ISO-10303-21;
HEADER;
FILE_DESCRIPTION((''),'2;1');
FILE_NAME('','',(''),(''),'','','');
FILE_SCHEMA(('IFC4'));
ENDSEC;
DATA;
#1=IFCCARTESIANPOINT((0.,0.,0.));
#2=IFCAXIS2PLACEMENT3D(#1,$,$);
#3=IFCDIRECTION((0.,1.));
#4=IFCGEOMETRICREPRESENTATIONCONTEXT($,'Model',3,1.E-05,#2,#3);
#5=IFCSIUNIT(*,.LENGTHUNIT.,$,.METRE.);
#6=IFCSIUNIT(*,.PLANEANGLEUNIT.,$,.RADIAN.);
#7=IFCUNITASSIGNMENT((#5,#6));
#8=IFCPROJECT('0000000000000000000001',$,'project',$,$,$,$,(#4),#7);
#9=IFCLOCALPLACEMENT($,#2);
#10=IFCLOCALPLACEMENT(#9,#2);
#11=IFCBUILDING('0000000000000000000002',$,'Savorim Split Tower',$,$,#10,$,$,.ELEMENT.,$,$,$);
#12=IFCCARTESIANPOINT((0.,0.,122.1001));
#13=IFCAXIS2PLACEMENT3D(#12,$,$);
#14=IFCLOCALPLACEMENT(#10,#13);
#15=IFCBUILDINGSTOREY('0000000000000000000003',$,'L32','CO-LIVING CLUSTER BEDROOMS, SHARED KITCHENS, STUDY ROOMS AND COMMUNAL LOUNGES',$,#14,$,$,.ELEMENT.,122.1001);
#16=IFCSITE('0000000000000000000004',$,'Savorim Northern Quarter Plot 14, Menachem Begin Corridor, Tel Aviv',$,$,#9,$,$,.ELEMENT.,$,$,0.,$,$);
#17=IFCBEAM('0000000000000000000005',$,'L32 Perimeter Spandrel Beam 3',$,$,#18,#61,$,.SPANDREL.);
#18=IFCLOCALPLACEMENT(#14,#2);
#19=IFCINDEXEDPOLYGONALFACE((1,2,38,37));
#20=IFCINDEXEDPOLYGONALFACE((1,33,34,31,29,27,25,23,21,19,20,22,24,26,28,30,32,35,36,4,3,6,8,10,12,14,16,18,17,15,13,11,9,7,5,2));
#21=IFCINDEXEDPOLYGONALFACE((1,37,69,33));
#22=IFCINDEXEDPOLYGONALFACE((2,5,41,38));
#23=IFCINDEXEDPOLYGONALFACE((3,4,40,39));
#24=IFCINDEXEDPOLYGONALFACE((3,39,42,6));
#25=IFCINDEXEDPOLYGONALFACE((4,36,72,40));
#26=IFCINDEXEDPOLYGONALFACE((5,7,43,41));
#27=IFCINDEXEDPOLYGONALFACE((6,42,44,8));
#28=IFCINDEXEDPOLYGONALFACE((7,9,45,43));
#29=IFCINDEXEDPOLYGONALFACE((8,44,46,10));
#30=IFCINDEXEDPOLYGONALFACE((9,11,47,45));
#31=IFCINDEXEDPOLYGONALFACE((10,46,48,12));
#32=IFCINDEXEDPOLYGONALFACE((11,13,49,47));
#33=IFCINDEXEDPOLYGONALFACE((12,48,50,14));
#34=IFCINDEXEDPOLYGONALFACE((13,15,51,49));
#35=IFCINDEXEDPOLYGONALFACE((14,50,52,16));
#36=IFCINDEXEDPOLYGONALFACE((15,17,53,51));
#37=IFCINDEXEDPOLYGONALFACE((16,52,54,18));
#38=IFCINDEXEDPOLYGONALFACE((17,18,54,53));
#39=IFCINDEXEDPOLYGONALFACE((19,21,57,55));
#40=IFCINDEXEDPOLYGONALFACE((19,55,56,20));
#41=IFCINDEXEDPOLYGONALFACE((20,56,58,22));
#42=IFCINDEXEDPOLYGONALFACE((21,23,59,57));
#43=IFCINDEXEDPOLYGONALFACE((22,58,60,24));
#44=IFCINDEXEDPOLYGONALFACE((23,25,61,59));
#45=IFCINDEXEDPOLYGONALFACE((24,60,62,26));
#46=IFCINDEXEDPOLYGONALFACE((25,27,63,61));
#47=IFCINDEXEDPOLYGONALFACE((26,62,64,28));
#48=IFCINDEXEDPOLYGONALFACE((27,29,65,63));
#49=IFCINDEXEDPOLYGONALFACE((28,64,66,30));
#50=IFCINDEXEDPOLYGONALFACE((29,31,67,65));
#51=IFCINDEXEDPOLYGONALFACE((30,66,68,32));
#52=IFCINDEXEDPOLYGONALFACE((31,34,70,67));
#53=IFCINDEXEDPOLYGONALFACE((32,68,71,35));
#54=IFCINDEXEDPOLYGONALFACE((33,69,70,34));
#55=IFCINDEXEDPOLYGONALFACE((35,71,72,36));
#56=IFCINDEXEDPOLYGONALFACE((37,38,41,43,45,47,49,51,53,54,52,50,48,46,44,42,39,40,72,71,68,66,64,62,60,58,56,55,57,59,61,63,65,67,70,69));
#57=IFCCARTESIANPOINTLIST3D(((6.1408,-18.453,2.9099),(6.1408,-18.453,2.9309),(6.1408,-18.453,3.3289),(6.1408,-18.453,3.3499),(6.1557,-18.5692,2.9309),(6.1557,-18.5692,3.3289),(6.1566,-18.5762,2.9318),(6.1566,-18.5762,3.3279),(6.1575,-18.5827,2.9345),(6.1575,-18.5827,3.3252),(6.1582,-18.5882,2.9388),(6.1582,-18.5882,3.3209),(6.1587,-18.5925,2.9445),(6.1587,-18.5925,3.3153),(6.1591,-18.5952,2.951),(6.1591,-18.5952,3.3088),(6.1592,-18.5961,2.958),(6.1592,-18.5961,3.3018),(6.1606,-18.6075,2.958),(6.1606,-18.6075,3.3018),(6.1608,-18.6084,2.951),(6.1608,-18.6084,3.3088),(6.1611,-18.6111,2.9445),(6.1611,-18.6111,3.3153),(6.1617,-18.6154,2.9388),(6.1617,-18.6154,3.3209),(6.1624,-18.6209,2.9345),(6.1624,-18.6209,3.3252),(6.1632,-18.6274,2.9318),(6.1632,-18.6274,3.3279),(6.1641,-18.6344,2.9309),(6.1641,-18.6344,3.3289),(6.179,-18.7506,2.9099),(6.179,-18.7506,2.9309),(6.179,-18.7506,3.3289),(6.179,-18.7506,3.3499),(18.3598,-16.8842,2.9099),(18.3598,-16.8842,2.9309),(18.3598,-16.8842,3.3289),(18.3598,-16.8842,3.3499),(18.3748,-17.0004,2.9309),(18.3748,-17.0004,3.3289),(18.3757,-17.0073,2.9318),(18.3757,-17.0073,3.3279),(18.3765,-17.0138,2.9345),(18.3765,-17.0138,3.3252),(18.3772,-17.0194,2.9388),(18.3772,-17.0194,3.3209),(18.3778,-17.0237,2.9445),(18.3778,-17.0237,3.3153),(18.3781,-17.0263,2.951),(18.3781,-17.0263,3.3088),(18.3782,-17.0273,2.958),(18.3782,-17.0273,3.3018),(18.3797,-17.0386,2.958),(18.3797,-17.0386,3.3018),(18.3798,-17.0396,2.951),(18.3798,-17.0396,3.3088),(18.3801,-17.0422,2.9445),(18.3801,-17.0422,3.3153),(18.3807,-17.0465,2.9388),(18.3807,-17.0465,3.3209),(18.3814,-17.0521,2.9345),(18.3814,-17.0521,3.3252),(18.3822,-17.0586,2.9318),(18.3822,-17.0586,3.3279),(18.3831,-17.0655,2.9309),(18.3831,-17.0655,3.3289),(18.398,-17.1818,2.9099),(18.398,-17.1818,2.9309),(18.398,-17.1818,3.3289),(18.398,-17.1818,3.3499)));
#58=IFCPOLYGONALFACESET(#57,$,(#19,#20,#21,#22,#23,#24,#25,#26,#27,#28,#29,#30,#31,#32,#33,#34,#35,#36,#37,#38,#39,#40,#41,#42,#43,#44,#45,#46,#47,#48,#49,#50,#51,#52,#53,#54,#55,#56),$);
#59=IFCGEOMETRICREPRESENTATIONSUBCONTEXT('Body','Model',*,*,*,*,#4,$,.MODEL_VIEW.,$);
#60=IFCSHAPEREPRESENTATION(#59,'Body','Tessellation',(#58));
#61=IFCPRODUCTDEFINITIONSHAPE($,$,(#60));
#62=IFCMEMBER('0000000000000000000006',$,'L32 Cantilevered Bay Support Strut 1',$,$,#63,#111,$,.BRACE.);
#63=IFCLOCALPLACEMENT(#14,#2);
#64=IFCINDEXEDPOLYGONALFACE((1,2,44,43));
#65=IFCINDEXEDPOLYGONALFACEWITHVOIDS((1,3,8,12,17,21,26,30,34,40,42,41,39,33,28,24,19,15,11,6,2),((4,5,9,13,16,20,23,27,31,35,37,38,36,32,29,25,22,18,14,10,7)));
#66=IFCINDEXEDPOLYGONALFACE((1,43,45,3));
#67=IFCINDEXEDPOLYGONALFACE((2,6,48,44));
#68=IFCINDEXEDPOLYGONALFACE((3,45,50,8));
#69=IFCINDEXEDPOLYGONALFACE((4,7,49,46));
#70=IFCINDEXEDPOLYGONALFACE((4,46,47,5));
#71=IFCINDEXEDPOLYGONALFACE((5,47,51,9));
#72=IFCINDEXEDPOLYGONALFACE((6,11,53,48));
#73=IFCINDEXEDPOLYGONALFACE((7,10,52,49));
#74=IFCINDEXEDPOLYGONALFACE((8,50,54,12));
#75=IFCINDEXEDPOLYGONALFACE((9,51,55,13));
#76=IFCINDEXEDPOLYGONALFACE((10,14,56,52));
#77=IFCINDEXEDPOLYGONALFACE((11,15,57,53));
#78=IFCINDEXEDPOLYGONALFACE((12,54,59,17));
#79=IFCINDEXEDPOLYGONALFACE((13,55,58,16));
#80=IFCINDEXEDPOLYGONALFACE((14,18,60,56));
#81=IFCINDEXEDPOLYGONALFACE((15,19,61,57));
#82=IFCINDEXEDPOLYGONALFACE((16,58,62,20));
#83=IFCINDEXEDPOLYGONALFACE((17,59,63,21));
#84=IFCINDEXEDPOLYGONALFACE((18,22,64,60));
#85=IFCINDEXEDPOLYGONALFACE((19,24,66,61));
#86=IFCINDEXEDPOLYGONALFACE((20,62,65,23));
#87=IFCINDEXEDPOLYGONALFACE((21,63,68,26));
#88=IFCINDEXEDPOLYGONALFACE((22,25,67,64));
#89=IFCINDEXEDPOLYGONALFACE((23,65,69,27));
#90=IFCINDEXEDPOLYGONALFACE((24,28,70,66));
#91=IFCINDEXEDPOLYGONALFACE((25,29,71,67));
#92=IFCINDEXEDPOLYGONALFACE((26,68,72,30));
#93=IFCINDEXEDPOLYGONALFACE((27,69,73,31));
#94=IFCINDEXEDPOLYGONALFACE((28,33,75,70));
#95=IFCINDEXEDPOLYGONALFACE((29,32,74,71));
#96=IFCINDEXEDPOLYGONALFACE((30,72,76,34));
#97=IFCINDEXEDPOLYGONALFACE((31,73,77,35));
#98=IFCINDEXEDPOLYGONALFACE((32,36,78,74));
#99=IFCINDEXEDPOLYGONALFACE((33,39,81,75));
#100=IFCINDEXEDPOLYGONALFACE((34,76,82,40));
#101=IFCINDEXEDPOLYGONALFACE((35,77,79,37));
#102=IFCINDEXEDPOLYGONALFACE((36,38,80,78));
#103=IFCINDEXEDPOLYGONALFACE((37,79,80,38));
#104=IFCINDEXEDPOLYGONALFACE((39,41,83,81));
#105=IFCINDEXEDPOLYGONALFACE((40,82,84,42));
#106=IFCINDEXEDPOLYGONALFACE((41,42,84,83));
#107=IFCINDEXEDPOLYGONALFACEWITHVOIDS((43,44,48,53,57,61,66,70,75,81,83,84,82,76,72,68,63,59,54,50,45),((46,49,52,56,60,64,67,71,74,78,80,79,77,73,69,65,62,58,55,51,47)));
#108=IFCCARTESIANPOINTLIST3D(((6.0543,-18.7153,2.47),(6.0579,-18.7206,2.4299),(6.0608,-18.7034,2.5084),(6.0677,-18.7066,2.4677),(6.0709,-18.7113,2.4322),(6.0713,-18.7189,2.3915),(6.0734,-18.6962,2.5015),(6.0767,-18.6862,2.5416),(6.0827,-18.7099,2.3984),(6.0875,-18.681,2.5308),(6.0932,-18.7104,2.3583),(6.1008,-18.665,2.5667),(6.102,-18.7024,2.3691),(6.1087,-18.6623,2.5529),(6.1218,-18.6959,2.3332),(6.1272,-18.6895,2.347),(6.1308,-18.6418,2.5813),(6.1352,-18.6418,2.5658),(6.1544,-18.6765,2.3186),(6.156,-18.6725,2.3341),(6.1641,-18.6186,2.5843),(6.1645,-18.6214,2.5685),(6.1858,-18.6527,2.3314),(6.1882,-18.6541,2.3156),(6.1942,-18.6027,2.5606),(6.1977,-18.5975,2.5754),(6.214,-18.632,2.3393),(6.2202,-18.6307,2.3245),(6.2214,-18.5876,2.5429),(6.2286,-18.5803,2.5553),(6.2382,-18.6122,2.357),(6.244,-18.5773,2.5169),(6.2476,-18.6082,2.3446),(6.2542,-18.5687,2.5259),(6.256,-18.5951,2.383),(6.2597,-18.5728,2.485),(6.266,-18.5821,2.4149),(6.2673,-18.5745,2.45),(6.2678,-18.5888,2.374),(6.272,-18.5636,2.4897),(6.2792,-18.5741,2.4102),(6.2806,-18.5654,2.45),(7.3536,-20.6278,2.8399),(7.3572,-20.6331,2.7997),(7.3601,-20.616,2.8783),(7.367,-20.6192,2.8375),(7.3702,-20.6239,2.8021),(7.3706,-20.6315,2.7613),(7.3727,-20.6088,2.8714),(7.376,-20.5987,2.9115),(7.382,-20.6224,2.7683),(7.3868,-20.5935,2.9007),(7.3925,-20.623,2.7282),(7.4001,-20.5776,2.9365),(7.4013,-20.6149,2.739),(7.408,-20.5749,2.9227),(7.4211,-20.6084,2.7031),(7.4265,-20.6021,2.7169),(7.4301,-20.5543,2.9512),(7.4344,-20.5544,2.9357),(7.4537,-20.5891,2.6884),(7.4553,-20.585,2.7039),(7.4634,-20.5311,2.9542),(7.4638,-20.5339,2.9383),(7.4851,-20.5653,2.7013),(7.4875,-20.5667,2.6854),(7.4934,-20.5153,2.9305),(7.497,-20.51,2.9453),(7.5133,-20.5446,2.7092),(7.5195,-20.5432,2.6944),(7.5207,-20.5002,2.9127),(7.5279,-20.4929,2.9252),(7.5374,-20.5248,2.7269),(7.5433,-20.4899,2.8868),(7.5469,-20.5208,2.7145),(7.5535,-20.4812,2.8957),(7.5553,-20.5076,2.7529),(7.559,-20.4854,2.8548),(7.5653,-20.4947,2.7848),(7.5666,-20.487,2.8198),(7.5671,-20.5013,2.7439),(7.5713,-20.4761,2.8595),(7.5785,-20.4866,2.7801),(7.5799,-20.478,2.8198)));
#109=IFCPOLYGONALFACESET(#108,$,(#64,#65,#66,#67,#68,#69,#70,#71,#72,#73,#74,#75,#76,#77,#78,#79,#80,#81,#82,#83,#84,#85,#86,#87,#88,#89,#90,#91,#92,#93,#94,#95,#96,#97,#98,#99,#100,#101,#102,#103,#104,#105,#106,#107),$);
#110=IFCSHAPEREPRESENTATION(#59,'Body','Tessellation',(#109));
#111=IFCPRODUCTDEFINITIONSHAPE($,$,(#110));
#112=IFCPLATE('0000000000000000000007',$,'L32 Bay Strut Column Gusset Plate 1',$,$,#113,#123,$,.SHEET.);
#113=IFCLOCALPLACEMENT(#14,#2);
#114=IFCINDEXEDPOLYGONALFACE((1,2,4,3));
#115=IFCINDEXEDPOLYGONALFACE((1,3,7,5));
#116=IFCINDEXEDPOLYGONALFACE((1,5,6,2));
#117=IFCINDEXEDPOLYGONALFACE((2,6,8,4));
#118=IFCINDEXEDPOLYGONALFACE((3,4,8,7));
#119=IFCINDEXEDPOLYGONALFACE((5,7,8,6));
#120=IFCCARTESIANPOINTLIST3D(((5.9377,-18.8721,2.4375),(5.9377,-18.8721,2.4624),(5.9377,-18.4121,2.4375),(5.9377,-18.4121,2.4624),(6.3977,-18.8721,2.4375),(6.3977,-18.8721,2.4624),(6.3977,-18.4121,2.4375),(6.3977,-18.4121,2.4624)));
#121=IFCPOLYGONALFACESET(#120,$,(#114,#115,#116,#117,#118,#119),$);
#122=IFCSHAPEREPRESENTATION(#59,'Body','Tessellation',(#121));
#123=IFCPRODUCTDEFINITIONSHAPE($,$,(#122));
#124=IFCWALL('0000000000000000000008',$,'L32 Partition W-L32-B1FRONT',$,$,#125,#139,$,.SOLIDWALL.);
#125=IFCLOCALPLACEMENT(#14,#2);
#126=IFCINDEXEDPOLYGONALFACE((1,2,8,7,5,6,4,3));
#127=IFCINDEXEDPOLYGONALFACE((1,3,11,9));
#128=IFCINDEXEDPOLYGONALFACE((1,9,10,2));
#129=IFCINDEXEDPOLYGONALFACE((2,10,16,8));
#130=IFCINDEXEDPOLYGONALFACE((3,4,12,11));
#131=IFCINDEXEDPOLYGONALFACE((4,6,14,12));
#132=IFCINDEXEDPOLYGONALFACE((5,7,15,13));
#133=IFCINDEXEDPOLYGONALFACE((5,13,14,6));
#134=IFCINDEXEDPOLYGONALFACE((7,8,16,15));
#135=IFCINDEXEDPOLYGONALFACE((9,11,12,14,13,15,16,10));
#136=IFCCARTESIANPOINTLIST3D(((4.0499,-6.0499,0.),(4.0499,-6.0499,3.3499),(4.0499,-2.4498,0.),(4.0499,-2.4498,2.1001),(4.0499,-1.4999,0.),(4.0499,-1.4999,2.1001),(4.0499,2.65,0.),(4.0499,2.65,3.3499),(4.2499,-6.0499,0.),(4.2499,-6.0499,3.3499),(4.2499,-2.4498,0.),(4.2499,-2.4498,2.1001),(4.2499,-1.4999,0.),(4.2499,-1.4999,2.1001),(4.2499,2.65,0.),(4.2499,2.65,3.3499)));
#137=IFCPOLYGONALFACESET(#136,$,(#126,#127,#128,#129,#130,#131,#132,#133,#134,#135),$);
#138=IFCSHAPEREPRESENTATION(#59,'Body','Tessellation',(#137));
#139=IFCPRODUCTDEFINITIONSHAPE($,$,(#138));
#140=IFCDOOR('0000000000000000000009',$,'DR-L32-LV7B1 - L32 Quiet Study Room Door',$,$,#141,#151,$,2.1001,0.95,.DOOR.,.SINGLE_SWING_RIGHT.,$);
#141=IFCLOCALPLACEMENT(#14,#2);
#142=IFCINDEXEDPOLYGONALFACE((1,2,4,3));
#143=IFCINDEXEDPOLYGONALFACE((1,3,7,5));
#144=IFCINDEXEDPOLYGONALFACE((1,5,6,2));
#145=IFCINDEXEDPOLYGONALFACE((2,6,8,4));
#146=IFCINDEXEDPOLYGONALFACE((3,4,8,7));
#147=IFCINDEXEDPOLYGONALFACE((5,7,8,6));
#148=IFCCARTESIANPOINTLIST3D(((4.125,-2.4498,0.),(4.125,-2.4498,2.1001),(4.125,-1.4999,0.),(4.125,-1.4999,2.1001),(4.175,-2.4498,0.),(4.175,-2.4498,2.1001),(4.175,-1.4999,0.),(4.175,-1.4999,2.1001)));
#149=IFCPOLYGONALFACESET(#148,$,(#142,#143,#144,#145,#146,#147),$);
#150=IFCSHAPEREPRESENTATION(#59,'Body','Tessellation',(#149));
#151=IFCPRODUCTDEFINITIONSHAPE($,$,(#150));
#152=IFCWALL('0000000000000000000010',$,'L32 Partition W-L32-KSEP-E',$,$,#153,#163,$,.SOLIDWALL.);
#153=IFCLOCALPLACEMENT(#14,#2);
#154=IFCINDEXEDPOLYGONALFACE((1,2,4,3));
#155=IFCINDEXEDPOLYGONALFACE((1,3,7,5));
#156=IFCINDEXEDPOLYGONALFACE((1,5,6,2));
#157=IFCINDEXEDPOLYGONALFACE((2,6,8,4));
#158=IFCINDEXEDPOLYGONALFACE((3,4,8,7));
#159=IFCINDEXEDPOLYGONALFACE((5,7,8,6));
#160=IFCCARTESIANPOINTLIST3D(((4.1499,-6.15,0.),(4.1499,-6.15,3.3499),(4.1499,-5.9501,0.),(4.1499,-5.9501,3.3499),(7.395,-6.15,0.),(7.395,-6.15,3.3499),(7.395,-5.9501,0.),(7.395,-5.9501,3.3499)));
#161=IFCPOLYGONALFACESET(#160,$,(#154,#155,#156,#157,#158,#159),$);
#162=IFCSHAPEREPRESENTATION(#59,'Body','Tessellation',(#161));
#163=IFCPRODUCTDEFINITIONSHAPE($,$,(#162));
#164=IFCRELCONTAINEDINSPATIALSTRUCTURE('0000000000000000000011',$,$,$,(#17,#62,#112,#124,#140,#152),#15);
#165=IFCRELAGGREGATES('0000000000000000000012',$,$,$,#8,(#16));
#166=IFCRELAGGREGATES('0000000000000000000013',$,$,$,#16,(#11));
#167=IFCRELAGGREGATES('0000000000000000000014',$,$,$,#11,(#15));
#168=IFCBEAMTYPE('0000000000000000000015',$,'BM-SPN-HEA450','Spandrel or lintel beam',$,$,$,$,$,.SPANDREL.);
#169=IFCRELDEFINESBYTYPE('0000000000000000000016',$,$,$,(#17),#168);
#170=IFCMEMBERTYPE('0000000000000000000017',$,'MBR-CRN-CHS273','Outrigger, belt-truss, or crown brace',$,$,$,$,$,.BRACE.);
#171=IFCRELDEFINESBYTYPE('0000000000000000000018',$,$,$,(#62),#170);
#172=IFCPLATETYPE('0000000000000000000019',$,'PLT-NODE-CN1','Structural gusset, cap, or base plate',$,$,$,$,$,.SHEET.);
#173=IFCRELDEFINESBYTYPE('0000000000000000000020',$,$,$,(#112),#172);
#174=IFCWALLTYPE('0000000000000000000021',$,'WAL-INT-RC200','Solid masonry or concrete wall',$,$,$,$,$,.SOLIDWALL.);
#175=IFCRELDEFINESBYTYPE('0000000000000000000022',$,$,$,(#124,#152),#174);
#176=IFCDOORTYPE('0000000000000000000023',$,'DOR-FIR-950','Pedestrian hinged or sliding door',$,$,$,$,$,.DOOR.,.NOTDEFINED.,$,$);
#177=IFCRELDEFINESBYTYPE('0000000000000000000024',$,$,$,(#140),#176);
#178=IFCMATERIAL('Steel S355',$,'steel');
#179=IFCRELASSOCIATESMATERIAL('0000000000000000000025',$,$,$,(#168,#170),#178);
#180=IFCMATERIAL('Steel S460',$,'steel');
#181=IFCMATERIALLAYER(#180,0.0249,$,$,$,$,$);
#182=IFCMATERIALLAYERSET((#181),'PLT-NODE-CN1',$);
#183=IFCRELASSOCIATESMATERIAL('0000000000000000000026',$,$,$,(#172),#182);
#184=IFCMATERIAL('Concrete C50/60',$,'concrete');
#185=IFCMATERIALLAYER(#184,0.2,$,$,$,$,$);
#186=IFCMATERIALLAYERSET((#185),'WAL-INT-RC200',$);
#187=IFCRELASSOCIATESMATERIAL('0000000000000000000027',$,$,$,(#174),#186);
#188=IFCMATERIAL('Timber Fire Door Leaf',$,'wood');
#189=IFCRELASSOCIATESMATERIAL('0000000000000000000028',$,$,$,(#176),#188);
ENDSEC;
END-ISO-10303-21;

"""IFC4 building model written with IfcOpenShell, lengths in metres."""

from ifc_helpers import new_model, si_unit, direction, frame, frame_2d, origin, origin_2d, place, context, subcontext, project, spatial, rectangle, hollow_circle, i_section, extrude, material, layer, layer_set, material_profile, profile_set, type_object, element, fill, save


model = new_model("IFC4")

# Units and contexts
model_context = context("Model", 3, precision=1e-05, world=origin(), true_north=direction((0.0, 1.0)))
body_context = subcontext(model_context, "Body", "Model", "MODEL_VIEW")
ifc_project = project(units=[si_unit("LENGTHUNIT", "METRE"), si_unit("PLANEANGLEUNIT", "RADIAN")], contexts=[model_context])

# Site, building, storey
site_placement = place(None, origin())
site = spatial("IfcSite", under=ifc_project, at=site_placement, Name="Savorim Northern Quarter Plot 14, Menachem Begin Corridor, Tel Aviv", CompositionType="ELEMENT", RefElevation=0.0)
building_placement = place(site_placement, origin())
building = spatial("IfcBuilding", under=site, at=building_placement, Name="Savorim Split Tower", CompositionType="ELEMENT")
storey_placement = place(building_placement, frame((0.0, 0.0, 122.1001)))
storey = spatial("IfcBuildingStorey", under=building, at=storey_placement, Name="L32", Description="CO-LIVING CLUSTER BEDROOMS, SHARED KITCHENS, STUDY ROOMS AND COMMUNAL LOUNGES", CompositionType="ELEMENT", Elevation=122.1001)

# Shared definitions
ifc_material_1 = material(Name="Steel S460", Category="steel")

# Beam
ifc_material_2 = material(Name="Steel S355", Category="steel")
ifc_material_profile_1 = material_profile(ifc_material_2, i_section(OverallWidth=0.3, OverallDepth=0.4399, WebThickness=0.0115, FlangeThickness=0.021, FilletRadius=0.0271, at=origin_2d()), Name="HEA 450")
ifc_profile_set_1 = profile_set([ifc_material_profile_1], Name="Steel S355")
beam_type_1 = type_object("IfcBeamType", Name="BM-SPN-HEA450", Description="Spandrel or lintel beam", PredefinedType="SPANDREL", material=ifc_profile_set_1)
beam_1_placement = place(storey_placement, frame((6.1599, -18.6018, 3.1299), z_axis=(0.991858, 0.127349, 0.0), x_axis=(-0.127349, 0.991858, 0.0)))
element("IfcBeam", 1, at=beam_1_placement, inside=storey, type_object=beam_type_1, Name="L32 Perimeter Spandrel Beam 3", PredefinedType="SPANDREL", context=body_context, shape_type="SweptSolid", body=[
    extrude(i_section(OverallWidth=0.3, OverallDepth=0.4399, WebThickness=0.0115, FlangeThickness=0.021, FilletRadius=0.0271, at=origin_2d()), origin(), (0.0, 0.0, 1.0), 12.3193),
])

# Member
ifc_material_profile_2 = material_profile(ifc_material_2, hollow_circle(Radius=0.1365, WallThickness=0.0161, at=origin_2d()), Name="CHS 273x16")
ifc_profile_set_2 = profile_set([ifc_material_profile_2], Name="Steel S355")
member_type = type_object("IfcMemberType", Name="MBR-CRN-CHS273", Description="Outrigger, belt-truss, or crown brace", PredefinedType="BRACE", material=ifc_profile_set_2)
member_placement = place(storey_placement, frame((6.1677, -18.6421, 2.45), z_axis=(0.554886, -0.816793, 0.157958), x_axis=(0.827178, 0.56194, 0.0)))
element("IfcMember", 2, at=member_placement, inside=storey, type_object=member_type, Name="L32 Cantilevered Bay Support Strut 1", PredefinedType="BRACE", context=body_context, shape_type="SweptSolid", body=[
    extrude(hollow_circle(Radius=0.1365, WallThickness=0.0161, at=origin_2d()), origin(), (0.0, 0.0, 1.0), 2.3416),
])

# Plate
ifc_layer_1 = layer(ifc_material_1, 0.0249)
ifc_layer_set_1 = layer_set([ifc_layer_1], Name="PLT-NODE-CN1")
plate_type = type_object("IfcPlateType", Name="PLT-NODE-CN1", Description="Structural gusset, cap, or base plate", PredefinedType="SHEET", material=ifc_layer_set_1)
plate_placement = place(storey_placement, frame((6.1677, -18.6421, 2.4375), z_axis=(0.0, 0.0, 1.0), x_axis=(1.0, 0.0, 0.0)))
element("IfcPlate", 3, at=plate_placement, inside=storey, type_object=plate_type, Name="L32 Bay Strut Column Gusset Plate 1", PredefinedType="SHEET", context=body_context, shape_type="SweptSolid", body=[
    extrude(rectangle(XDim=0.46, YDim=0.46, at=origin_2d()), origin(), (0.0, 0.0, 1.0), 0.0249),
])

# Wall, opening, door
ifc_material_3 = material(Name="Concrete C50/60", Category="concrete")
ifc_layer_2 = layer(ifc_material_3, 0.2)
ifc_layer_set_2 = layer_set([ifc_layer_2], Name="WAL-INT-RC200")
wall_type_1 = type_object("IfcWallType", Name="WAL-INT-RC200", Description="Solid masonry or concrete wall", PredefinedType="SOLIDWALL", material=ifc_layer_set_2)
wall_1_placement = place(storey_placement, frame((4.1499, -6.05, 0.0), z_axis=(0.0, 0.0, 1.0), x_axis=(0.0, 1.0, 0.0)))
wall_1 = element("IfcWall", 4, at=wall_1_placement, inside=storey, type_object=wall_type_1, Name="L32 Partition W-L32-B1FRONT", PredefinedType="SOLIDWALL", context=body_context, shape_type="SweptSolid", body=[
    extrude(rectangle(XDim=8.7, YDim=0.2, at=frame_2d((4.3501, 0.0))), origin(), (0.0, 0.0, 1.0), 3.3499),
])
opening_1_placement = place(wall_1_placement, frame((3.6001, 0.0, 0.0)))
opening_1 = element("IfcOpeningElement", 5, at=opening_1_placement, cuts=wall_1, PredefinedType="OPENING", context=body_context, shape_type="SweptSolid", body=[
    extrude(rectangle(XDim=0.95, YDim=2.1001, at=frame_2d((0.4751, 1.05))), frame((0.0, 0.1099, 0.0), z_axis=(0.0, -1.0, 0.0), x_axis=(1.0, 0.0, 0.0)), (0.0, 0.0, 1.0), 0.22),
])
ifc_material_4 = material(Name="Timber Fire Door Leaf", Category="wood")
door_type_1 = type_object("IfcDoorType", Name="DOR-FIR-950", Description="Pedestrian hinged or sliding door", OperationType="NOTDEFINED", PredefinedType="DOOR", material=ifc_material_4)
door_1_placement = place(opening_1_placement, origin())
door_1 = element("IfcDoor", 6, at=door_1_placement, inside=storey, type_object=door_type_1, Name="DR-L32-LV7B1 - L32 Quiet Study Room Door", OperationType="SINGLE_SWING_RIGHT", OverallHeight=2.1001, OverallWidth=0.95, PredefinedType="DOOR", context=body_context, shape_type="SweptSolid", body=[
    extrude(rectangle(XDim=0.95, YDim=2.1001, at=frame_2d((0.4751, 1.05))), frame((0.0, 0.0249, 0.0), z_axis=(0.0, -1.0, 0.0), x_axis=(1.0, 0.0, 0.0)), (0.0, 0.0, 1.0), 0.05),
])
fill(opening_1, door_1)

# Wall
wall_2_placement = place(storey_placement, frame((4.1499, -6.05, 0.0), z_axis=(0.0, 0.0, 1.0), x_axis=(1.0, 0.0, 0.0)))
element("IfcWall", 7, at=wall_2_placement, inside=storey, type_object=wall_type_1, Name="L32 Partition W-L32-KSEP-E", PredefinedType="SOLIDWALL", context=body_context, shape_type="SweptSolid", body=[
    extrude(rectangle(XDim=3.2451, YDim=0.2, at=frame_2d((1.6226, 0.0))), origin(), (0.0, 0.0, 1.0), 3.3499),
])

save(model, "model.ifc")
